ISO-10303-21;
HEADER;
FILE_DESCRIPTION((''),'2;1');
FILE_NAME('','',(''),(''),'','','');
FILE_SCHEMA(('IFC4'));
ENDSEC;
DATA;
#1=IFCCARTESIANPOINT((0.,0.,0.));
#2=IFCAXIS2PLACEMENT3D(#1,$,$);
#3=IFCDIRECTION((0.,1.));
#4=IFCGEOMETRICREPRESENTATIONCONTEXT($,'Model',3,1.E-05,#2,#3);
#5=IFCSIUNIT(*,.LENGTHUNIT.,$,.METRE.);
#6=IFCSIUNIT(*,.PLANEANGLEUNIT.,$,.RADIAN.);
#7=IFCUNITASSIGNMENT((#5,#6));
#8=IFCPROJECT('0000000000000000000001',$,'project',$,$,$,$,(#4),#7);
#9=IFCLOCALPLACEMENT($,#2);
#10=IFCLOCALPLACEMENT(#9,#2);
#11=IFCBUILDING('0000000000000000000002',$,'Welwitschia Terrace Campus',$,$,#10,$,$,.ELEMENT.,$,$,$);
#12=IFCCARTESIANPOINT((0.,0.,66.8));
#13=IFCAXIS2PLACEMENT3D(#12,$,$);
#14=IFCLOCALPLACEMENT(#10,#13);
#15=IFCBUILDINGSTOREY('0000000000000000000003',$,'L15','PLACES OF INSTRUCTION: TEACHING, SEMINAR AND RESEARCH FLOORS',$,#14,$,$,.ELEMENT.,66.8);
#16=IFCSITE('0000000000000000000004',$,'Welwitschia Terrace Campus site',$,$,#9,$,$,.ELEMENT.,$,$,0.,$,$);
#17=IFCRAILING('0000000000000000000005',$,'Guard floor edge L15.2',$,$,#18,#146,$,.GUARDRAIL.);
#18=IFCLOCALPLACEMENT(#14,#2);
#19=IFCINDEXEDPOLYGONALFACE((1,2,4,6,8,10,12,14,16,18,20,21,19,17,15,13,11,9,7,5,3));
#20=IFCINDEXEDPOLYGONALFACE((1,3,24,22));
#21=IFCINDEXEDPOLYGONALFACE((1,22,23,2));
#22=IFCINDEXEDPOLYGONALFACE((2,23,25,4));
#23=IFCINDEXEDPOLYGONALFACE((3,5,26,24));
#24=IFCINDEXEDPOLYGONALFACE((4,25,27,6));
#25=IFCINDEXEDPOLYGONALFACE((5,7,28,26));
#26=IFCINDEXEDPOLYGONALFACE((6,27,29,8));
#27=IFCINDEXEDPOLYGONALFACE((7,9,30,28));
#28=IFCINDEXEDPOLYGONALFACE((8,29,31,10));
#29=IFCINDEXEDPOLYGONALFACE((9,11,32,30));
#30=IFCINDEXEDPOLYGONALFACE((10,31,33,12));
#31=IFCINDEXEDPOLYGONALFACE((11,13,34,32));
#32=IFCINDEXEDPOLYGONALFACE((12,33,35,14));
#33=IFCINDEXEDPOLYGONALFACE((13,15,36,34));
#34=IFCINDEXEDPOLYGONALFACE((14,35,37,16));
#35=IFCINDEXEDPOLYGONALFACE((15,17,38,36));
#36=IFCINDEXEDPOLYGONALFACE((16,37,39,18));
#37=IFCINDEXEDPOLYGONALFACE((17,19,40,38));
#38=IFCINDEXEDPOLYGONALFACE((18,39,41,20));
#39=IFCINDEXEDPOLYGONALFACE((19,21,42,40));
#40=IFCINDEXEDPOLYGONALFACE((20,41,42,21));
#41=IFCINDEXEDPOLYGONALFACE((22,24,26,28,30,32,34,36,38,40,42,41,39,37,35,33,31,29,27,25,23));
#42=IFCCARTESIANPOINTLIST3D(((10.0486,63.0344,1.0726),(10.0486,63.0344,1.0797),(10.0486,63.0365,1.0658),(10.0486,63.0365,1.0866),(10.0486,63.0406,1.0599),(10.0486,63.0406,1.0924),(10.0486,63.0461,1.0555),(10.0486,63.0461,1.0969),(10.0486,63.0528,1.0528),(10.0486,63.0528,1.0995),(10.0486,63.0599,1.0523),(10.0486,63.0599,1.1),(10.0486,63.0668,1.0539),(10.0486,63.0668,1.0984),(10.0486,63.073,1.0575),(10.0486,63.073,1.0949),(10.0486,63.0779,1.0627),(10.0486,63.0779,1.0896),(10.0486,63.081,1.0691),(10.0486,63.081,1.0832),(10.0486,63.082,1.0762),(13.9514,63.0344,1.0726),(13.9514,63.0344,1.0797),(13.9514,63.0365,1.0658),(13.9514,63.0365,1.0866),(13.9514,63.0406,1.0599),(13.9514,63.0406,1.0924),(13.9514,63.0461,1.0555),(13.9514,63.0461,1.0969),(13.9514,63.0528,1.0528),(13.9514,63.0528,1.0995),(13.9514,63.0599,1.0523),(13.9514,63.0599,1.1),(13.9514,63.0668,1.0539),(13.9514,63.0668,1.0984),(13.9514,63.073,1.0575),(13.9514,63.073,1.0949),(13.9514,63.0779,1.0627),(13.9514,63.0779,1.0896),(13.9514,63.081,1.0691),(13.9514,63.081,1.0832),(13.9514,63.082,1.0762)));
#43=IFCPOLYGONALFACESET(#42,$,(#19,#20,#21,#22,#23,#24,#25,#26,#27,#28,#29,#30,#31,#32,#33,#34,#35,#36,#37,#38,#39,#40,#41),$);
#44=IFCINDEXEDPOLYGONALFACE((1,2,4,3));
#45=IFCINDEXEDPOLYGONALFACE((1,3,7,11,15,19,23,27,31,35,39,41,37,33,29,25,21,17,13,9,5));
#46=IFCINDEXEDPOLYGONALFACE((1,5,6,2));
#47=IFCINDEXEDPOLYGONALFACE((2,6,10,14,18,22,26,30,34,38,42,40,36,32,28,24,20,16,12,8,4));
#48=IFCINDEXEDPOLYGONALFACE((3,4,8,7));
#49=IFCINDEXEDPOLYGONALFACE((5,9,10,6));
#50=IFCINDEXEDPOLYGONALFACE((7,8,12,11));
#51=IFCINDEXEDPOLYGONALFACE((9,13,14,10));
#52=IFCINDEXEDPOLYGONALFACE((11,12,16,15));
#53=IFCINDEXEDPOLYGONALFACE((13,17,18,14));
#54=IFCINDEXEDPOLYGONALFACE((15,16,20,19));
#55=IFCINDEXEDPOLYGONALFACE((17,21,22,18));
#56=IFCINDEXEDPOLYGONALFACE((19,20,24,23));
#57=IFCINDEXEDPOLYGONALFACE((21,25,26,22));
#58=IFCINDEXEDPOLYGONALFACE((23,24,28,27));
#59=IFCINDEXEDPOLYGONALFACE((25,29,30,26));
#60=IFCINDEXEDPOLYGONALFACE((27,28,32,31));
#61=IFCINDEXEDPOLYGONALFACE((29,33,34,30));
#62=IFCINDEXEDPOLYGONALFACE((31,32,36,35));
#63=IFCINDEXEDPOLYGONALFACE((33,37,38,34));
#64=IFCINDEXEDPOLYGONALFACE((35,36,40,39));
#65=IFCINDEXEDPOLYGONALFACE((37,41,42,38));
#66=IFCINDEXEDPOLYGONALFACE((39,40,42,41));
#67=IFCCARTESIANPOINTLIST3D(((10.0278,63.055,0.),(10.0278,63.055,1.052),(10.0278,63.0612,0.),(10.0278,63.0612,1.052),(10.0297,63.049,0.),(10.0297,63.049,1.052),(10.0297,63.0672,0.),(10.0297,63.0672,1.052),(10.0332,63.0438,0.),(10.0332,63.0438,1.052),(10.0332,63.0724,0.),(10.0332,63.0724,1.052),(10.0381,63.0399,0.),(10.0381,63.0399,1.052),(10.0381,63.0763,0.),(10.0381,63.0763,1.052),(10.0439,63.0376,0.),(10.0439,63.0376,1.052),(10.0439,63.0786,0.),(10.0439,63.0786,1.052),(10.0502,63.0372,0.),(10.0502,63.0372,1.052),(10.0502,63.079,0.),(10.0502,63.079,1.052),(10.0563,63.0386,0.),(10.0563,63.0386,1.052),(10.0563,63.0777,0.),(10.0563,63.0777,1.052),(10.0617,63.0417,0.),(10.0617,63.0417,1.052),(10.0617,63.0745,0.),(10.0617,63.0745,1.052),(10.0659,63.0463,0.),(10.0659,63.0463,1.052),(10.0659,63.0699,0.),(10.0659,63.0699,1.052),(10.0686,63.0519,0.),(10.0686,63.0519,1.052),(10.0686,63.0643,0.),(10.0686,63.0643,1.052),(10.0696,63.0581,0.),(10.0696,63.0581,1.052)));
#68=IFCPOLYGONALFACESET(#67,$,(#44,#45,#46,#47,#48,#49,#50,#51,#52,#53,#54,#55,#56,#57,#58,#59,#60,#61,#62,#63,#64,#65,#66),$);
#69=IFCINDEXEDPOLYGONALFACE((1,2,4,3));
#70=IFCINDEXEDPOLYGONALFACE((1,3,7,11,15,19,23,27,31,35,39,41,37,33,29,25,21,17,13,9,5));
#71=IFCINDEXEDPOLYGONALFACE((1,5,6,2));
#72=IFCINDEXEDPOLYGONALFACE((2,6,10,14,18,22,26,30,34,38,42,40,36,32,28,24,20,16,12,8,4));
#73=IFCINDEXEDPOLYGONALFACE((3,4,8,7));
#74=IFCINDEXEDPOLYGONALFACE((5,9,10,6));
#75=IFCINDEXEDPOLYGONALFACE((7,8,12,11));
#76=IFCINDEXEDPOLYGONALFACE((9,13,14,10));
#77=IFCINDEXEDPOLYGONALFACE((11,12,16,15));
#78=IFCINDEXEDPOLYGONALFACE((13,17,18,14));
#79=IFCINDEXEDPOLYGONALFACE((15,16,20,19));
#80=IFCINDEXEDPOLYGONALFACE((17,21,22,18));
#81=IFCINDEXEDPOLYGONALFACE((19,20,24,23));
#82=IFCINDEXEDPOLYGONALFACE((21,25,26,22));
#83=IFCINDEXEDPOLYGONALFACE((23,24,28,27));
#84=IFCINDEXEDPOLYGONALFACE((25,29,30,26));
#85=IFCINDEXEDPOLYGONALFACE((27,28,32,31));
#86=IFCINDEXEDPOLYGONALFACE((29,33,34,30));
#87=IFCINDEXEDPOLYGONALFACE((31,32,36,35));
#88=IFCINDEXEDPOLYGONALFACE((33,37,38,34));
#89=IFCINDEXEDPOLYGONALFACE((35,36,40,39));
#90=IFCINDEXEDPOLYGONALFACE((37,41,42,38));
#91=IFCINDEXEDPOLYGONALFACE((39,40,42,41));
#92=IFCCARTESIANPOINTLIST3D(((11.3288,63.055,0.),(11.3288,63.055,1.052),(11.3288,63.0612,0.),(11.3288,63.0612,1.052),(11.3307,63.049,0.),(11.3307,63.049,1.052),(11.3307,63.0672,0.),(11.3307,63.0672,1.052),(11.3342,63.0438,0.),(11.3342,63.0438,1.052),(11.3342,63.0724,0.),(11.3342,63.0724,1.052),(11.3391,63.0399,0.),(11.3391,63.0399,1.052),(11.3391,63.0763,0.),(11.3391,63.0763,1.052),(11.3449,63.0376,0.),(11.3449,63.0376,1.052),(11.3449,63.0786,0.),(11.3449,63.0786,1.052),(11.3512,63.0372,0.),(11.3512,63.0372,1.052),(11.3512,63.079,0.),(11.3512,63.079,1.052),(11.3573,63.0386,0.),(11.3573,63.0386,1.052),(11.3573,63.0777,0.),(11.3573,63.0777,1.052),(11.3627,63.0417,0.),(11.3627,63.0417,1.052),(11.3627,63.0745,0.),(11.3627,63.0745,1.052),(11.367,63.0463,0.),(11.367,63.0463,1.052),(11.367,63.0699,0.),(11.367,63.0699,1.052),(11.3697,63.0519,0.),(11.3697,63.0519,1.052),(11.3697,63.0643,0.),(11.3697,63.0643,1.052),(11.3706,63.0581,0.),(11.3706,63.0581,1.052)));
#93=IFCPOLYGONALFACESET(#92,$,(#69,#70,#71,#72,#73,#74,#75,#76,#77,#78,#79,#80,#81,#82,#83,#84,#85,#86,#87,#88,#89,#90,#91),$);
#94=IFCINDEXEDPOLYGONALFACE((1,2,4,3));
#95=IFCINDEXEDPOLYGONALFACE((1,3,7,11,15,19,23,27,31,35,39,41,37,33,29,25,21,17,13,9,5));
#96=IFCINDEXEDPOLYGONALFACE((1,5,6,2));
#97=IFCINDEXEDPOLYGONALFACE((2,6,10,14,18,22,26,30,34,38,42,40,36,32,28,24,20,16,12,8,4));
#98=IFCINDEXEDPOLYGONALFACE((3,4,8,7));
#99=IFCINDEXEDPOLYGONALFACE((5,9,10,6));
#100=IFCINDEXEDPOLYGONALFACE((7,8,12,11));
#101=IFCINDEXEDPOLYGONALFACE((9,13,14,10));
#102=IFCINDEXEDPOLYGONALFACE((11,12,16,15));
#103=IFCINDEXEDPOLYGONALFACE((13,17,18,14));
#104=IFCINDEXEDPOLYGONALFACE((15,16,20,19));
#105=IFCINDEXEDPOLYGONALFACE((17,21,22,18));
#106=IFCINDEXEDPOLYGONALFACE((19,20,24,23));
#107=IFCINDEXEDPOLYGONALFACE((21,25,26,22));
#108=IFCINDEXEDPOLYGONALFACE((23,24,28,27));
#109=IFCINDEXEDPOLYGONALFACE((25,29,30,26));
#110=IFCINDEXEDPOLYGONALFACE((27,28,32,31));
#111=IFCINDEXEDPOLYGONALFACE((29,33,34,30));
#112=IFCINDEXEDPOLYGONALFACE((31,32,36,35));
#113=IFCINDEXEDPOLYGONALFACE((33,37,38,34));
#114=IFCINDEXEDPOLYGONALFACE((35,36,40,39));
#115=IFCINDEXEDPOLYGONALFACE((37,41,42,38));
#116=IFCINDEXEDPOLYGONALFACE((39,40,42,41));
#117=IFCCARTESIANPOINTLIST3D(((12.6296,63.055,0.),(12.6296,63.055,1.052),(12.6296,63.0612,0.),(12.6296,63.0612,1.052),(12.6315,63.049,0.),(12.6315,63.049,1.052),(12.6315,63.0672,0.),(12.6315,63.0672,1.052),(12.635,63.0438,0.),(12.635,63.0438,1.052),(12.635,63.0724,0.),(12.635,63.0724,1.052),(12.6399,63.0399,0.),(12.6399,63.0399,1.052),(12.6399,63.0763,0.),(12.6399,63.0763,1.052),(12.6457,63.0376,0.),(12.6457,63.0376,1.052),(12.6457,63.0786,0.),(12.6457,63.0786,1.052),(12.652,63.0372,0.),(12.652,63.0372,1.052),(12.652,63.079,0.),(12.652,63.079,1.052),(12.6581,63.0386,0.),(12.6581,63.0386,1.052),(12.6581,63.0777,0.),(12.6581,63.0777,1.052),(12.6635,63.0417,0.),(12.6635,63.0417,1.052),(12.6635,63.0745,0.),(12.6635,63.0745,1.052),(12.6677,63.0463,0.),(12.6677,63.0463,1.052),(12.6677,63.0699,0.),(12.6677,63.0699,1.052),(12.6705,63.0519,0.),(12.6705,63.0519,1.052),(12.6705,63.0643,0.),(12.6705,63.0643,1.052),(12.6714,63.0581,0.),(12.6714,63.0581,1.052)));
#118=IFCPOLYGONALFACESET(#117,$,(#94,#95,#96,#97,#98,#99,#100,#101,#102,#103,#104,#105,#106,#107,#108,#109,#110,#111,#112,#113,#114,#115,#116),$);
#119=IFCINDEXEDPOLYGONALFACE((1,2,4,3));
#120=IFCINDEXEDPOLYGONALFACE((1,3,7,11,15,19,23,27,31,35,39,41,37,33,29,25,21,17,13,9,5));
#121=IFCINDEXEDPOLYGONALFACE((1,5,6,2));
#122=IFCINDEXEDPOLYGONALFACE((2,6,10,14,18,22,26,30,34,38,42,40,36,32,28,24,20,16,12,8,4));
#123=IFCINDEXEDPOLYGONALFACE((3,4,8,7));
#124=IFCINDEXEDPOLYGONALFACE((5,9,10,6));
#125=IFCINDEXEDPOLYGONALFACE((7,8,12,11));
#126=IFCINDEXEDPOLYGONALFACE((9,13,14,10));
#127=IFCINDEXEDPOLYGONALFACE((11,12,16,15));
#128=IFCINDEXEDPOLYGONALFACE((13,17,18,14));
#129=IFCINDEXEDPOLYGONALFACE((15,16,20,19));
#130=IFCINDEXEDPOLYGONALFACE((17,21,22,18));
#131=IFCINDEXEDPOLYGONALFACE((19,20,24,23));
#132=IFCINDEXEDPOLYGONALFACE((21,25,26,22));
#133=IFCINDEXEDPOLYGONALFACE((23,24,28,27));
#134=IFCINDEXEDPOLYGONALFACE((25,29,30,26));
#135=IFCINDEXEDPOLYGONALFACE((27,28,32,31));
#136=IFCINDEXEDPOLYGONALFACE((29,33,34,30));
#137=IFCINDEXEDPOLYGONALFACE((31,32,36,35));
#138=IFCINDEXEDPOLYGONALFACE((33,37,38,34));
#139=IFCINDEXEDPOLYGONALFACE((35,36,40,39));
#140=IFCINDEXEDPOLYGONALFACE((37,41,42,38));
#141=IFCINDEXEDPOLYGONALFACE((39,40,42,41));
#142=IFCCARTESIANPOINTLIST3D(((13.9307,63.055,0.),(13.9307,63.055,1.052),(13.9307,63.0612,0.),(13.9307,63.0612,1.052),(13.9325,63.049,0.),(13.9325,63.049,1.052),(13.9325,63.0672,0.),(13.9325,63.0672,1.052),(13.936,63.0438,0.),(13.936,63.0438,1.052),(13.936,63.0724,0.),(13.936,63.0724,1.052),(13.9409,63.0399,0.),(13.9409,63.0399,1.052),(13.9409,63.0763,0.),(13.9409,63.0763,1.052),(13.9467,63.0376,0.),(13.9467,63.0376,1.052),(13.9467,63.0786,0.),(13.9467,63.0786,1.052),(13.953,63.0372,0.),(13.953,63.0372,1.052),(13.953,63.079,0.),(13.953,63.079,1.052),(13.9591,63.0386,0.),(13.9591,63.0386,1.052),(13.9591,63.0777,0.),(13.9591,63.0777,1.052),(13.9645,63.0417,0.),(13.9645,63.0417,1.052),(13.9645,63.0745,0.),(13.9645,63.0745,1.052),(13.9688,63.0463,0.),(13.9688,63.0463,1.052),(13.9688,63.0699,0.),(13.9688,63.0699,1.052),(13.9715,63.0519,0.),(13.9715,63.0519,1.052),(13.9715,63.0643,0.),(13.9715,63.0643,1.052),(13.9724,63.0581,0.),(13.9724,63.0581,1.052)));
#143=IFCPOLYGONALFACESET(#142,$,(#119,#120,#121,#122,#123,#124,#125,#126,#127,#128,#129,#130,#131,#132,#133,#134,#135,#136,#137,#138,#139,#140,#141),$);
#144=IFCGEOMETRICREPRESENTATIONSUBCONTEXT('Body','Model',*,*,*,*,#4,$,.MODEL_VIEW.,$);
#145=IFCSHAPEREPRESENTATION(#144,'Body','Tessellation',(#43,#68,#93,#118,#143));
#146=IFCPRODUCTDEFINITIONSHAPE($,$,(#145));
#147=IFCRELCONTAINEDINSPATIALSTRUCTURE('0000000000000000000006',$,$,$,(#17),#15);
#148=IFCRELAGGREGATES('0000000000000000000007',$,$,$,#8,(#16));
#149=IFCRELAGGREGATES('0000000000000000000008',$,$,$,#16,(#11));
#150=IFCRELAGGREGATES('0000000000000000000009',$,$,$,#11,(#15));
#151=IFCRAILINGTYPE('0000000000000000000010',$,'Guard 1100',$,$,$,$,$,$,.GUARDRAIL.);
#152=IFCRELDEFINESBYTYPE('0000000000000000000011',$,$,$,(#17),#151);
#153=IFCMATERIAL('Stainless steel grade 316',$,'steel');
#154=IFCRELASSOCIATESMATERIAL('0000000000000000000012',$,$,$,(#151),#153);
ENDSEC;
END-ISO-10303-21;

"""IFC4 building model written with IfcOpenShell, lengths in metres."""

from ifc_helpers import new_model, si_unit, direction, frame, origin, origin_2d, place, context, subcontext, project, spatial, circle, extrude, material, type_object, element, save


model = new_model("IFC4")

# Units and contexts
model_context = context("Model", 3, precision=1e-05, world=origin(), true_north=direction((0.0, 1.0)))
body_context = subcontext(model_context, "Body", "Model", "MODEL_VIEW")
ifc_project = project(units=[si_unit("LENGTHUNIT", "METRE"), si_unit("PLANEANGLEUNIT", "RADIAN")], contexts=[model_context])

# Site, building, storey
site_placement = place(None, origin())
site = spatial("IfcSite", under=ifc_project, at=site_placement, Name="Welwitschia Terrace Campus site", CompositionType="ELEMENT", RefElevation=0.0)
building_placement = place(site_placement, origin())
building = spatial("IfcBuilding", under=site, at=building_placement, Name="Welwitschia Terrace Campus", CompositionType="ELEMENT")
storey_placement = place(building_placement, frame((0.0, 0.0, 66.8)))
storey = spatial("IfcBuildingStorey", under=building, at=storey_placement, Name="L15", Description="PLACES OF INSTRUCTION: TEACHING, SEMINAR AND RESEARCH FLOORS", CompositionType="ELEMENT", Elevation=66.8)

# Railing
ifc_material_1 = material(Name="Stainless steel grade 316", Category="steel")
railing_type = type_object("IfcRailingType", Name="Guard 1100", PredefinedType="GUARDRAIL", material=ifc_material_1)
railing_1_placement = place(storey_placement, frame((10.0486, 63.0581, 0.0)))
element("IfcRailing", 1, at=railing_1_placement, inside=storey, type_object=railing_type, Name="Guard floor edge L15.2", PredefinedType="GUARDRAIL", context=body_context, shape_type="SweptSolid", body=[
    extrude(circle(Radius=0.0239, at=origin_2d()), frame((0.0, 0.0, 1.0762), z_axis=(1.0, 0.0, 0.0), x_axis=(0.0, 1.0, 0.0)), (0.0, 0.0, 1.0), 3.9028),
    extrude(circle(Radius=0.021, at=origin_2d()), origin(), (0.0, 0.0, 1.0), 1.052),
    extrude(circle(Radius=0.021, at=origin_2d()), frame((1.301, 0.0, 0.0)), (0.0, 0.0, 1.0), 1.052),
    extrude(circle(Radius=0.021, at=origin_2d()), frame((2.6018, 0.0, 0.0)), (0.0, 0.0, 1.0), 1.052),
    extrude(circle(Radius=0.021, at=origin_2d()), frame((3.9028, 0.0, 0.0)), (0.0, 0.0, 1.0), 1.052),
])

save(model, "model.ifc")
